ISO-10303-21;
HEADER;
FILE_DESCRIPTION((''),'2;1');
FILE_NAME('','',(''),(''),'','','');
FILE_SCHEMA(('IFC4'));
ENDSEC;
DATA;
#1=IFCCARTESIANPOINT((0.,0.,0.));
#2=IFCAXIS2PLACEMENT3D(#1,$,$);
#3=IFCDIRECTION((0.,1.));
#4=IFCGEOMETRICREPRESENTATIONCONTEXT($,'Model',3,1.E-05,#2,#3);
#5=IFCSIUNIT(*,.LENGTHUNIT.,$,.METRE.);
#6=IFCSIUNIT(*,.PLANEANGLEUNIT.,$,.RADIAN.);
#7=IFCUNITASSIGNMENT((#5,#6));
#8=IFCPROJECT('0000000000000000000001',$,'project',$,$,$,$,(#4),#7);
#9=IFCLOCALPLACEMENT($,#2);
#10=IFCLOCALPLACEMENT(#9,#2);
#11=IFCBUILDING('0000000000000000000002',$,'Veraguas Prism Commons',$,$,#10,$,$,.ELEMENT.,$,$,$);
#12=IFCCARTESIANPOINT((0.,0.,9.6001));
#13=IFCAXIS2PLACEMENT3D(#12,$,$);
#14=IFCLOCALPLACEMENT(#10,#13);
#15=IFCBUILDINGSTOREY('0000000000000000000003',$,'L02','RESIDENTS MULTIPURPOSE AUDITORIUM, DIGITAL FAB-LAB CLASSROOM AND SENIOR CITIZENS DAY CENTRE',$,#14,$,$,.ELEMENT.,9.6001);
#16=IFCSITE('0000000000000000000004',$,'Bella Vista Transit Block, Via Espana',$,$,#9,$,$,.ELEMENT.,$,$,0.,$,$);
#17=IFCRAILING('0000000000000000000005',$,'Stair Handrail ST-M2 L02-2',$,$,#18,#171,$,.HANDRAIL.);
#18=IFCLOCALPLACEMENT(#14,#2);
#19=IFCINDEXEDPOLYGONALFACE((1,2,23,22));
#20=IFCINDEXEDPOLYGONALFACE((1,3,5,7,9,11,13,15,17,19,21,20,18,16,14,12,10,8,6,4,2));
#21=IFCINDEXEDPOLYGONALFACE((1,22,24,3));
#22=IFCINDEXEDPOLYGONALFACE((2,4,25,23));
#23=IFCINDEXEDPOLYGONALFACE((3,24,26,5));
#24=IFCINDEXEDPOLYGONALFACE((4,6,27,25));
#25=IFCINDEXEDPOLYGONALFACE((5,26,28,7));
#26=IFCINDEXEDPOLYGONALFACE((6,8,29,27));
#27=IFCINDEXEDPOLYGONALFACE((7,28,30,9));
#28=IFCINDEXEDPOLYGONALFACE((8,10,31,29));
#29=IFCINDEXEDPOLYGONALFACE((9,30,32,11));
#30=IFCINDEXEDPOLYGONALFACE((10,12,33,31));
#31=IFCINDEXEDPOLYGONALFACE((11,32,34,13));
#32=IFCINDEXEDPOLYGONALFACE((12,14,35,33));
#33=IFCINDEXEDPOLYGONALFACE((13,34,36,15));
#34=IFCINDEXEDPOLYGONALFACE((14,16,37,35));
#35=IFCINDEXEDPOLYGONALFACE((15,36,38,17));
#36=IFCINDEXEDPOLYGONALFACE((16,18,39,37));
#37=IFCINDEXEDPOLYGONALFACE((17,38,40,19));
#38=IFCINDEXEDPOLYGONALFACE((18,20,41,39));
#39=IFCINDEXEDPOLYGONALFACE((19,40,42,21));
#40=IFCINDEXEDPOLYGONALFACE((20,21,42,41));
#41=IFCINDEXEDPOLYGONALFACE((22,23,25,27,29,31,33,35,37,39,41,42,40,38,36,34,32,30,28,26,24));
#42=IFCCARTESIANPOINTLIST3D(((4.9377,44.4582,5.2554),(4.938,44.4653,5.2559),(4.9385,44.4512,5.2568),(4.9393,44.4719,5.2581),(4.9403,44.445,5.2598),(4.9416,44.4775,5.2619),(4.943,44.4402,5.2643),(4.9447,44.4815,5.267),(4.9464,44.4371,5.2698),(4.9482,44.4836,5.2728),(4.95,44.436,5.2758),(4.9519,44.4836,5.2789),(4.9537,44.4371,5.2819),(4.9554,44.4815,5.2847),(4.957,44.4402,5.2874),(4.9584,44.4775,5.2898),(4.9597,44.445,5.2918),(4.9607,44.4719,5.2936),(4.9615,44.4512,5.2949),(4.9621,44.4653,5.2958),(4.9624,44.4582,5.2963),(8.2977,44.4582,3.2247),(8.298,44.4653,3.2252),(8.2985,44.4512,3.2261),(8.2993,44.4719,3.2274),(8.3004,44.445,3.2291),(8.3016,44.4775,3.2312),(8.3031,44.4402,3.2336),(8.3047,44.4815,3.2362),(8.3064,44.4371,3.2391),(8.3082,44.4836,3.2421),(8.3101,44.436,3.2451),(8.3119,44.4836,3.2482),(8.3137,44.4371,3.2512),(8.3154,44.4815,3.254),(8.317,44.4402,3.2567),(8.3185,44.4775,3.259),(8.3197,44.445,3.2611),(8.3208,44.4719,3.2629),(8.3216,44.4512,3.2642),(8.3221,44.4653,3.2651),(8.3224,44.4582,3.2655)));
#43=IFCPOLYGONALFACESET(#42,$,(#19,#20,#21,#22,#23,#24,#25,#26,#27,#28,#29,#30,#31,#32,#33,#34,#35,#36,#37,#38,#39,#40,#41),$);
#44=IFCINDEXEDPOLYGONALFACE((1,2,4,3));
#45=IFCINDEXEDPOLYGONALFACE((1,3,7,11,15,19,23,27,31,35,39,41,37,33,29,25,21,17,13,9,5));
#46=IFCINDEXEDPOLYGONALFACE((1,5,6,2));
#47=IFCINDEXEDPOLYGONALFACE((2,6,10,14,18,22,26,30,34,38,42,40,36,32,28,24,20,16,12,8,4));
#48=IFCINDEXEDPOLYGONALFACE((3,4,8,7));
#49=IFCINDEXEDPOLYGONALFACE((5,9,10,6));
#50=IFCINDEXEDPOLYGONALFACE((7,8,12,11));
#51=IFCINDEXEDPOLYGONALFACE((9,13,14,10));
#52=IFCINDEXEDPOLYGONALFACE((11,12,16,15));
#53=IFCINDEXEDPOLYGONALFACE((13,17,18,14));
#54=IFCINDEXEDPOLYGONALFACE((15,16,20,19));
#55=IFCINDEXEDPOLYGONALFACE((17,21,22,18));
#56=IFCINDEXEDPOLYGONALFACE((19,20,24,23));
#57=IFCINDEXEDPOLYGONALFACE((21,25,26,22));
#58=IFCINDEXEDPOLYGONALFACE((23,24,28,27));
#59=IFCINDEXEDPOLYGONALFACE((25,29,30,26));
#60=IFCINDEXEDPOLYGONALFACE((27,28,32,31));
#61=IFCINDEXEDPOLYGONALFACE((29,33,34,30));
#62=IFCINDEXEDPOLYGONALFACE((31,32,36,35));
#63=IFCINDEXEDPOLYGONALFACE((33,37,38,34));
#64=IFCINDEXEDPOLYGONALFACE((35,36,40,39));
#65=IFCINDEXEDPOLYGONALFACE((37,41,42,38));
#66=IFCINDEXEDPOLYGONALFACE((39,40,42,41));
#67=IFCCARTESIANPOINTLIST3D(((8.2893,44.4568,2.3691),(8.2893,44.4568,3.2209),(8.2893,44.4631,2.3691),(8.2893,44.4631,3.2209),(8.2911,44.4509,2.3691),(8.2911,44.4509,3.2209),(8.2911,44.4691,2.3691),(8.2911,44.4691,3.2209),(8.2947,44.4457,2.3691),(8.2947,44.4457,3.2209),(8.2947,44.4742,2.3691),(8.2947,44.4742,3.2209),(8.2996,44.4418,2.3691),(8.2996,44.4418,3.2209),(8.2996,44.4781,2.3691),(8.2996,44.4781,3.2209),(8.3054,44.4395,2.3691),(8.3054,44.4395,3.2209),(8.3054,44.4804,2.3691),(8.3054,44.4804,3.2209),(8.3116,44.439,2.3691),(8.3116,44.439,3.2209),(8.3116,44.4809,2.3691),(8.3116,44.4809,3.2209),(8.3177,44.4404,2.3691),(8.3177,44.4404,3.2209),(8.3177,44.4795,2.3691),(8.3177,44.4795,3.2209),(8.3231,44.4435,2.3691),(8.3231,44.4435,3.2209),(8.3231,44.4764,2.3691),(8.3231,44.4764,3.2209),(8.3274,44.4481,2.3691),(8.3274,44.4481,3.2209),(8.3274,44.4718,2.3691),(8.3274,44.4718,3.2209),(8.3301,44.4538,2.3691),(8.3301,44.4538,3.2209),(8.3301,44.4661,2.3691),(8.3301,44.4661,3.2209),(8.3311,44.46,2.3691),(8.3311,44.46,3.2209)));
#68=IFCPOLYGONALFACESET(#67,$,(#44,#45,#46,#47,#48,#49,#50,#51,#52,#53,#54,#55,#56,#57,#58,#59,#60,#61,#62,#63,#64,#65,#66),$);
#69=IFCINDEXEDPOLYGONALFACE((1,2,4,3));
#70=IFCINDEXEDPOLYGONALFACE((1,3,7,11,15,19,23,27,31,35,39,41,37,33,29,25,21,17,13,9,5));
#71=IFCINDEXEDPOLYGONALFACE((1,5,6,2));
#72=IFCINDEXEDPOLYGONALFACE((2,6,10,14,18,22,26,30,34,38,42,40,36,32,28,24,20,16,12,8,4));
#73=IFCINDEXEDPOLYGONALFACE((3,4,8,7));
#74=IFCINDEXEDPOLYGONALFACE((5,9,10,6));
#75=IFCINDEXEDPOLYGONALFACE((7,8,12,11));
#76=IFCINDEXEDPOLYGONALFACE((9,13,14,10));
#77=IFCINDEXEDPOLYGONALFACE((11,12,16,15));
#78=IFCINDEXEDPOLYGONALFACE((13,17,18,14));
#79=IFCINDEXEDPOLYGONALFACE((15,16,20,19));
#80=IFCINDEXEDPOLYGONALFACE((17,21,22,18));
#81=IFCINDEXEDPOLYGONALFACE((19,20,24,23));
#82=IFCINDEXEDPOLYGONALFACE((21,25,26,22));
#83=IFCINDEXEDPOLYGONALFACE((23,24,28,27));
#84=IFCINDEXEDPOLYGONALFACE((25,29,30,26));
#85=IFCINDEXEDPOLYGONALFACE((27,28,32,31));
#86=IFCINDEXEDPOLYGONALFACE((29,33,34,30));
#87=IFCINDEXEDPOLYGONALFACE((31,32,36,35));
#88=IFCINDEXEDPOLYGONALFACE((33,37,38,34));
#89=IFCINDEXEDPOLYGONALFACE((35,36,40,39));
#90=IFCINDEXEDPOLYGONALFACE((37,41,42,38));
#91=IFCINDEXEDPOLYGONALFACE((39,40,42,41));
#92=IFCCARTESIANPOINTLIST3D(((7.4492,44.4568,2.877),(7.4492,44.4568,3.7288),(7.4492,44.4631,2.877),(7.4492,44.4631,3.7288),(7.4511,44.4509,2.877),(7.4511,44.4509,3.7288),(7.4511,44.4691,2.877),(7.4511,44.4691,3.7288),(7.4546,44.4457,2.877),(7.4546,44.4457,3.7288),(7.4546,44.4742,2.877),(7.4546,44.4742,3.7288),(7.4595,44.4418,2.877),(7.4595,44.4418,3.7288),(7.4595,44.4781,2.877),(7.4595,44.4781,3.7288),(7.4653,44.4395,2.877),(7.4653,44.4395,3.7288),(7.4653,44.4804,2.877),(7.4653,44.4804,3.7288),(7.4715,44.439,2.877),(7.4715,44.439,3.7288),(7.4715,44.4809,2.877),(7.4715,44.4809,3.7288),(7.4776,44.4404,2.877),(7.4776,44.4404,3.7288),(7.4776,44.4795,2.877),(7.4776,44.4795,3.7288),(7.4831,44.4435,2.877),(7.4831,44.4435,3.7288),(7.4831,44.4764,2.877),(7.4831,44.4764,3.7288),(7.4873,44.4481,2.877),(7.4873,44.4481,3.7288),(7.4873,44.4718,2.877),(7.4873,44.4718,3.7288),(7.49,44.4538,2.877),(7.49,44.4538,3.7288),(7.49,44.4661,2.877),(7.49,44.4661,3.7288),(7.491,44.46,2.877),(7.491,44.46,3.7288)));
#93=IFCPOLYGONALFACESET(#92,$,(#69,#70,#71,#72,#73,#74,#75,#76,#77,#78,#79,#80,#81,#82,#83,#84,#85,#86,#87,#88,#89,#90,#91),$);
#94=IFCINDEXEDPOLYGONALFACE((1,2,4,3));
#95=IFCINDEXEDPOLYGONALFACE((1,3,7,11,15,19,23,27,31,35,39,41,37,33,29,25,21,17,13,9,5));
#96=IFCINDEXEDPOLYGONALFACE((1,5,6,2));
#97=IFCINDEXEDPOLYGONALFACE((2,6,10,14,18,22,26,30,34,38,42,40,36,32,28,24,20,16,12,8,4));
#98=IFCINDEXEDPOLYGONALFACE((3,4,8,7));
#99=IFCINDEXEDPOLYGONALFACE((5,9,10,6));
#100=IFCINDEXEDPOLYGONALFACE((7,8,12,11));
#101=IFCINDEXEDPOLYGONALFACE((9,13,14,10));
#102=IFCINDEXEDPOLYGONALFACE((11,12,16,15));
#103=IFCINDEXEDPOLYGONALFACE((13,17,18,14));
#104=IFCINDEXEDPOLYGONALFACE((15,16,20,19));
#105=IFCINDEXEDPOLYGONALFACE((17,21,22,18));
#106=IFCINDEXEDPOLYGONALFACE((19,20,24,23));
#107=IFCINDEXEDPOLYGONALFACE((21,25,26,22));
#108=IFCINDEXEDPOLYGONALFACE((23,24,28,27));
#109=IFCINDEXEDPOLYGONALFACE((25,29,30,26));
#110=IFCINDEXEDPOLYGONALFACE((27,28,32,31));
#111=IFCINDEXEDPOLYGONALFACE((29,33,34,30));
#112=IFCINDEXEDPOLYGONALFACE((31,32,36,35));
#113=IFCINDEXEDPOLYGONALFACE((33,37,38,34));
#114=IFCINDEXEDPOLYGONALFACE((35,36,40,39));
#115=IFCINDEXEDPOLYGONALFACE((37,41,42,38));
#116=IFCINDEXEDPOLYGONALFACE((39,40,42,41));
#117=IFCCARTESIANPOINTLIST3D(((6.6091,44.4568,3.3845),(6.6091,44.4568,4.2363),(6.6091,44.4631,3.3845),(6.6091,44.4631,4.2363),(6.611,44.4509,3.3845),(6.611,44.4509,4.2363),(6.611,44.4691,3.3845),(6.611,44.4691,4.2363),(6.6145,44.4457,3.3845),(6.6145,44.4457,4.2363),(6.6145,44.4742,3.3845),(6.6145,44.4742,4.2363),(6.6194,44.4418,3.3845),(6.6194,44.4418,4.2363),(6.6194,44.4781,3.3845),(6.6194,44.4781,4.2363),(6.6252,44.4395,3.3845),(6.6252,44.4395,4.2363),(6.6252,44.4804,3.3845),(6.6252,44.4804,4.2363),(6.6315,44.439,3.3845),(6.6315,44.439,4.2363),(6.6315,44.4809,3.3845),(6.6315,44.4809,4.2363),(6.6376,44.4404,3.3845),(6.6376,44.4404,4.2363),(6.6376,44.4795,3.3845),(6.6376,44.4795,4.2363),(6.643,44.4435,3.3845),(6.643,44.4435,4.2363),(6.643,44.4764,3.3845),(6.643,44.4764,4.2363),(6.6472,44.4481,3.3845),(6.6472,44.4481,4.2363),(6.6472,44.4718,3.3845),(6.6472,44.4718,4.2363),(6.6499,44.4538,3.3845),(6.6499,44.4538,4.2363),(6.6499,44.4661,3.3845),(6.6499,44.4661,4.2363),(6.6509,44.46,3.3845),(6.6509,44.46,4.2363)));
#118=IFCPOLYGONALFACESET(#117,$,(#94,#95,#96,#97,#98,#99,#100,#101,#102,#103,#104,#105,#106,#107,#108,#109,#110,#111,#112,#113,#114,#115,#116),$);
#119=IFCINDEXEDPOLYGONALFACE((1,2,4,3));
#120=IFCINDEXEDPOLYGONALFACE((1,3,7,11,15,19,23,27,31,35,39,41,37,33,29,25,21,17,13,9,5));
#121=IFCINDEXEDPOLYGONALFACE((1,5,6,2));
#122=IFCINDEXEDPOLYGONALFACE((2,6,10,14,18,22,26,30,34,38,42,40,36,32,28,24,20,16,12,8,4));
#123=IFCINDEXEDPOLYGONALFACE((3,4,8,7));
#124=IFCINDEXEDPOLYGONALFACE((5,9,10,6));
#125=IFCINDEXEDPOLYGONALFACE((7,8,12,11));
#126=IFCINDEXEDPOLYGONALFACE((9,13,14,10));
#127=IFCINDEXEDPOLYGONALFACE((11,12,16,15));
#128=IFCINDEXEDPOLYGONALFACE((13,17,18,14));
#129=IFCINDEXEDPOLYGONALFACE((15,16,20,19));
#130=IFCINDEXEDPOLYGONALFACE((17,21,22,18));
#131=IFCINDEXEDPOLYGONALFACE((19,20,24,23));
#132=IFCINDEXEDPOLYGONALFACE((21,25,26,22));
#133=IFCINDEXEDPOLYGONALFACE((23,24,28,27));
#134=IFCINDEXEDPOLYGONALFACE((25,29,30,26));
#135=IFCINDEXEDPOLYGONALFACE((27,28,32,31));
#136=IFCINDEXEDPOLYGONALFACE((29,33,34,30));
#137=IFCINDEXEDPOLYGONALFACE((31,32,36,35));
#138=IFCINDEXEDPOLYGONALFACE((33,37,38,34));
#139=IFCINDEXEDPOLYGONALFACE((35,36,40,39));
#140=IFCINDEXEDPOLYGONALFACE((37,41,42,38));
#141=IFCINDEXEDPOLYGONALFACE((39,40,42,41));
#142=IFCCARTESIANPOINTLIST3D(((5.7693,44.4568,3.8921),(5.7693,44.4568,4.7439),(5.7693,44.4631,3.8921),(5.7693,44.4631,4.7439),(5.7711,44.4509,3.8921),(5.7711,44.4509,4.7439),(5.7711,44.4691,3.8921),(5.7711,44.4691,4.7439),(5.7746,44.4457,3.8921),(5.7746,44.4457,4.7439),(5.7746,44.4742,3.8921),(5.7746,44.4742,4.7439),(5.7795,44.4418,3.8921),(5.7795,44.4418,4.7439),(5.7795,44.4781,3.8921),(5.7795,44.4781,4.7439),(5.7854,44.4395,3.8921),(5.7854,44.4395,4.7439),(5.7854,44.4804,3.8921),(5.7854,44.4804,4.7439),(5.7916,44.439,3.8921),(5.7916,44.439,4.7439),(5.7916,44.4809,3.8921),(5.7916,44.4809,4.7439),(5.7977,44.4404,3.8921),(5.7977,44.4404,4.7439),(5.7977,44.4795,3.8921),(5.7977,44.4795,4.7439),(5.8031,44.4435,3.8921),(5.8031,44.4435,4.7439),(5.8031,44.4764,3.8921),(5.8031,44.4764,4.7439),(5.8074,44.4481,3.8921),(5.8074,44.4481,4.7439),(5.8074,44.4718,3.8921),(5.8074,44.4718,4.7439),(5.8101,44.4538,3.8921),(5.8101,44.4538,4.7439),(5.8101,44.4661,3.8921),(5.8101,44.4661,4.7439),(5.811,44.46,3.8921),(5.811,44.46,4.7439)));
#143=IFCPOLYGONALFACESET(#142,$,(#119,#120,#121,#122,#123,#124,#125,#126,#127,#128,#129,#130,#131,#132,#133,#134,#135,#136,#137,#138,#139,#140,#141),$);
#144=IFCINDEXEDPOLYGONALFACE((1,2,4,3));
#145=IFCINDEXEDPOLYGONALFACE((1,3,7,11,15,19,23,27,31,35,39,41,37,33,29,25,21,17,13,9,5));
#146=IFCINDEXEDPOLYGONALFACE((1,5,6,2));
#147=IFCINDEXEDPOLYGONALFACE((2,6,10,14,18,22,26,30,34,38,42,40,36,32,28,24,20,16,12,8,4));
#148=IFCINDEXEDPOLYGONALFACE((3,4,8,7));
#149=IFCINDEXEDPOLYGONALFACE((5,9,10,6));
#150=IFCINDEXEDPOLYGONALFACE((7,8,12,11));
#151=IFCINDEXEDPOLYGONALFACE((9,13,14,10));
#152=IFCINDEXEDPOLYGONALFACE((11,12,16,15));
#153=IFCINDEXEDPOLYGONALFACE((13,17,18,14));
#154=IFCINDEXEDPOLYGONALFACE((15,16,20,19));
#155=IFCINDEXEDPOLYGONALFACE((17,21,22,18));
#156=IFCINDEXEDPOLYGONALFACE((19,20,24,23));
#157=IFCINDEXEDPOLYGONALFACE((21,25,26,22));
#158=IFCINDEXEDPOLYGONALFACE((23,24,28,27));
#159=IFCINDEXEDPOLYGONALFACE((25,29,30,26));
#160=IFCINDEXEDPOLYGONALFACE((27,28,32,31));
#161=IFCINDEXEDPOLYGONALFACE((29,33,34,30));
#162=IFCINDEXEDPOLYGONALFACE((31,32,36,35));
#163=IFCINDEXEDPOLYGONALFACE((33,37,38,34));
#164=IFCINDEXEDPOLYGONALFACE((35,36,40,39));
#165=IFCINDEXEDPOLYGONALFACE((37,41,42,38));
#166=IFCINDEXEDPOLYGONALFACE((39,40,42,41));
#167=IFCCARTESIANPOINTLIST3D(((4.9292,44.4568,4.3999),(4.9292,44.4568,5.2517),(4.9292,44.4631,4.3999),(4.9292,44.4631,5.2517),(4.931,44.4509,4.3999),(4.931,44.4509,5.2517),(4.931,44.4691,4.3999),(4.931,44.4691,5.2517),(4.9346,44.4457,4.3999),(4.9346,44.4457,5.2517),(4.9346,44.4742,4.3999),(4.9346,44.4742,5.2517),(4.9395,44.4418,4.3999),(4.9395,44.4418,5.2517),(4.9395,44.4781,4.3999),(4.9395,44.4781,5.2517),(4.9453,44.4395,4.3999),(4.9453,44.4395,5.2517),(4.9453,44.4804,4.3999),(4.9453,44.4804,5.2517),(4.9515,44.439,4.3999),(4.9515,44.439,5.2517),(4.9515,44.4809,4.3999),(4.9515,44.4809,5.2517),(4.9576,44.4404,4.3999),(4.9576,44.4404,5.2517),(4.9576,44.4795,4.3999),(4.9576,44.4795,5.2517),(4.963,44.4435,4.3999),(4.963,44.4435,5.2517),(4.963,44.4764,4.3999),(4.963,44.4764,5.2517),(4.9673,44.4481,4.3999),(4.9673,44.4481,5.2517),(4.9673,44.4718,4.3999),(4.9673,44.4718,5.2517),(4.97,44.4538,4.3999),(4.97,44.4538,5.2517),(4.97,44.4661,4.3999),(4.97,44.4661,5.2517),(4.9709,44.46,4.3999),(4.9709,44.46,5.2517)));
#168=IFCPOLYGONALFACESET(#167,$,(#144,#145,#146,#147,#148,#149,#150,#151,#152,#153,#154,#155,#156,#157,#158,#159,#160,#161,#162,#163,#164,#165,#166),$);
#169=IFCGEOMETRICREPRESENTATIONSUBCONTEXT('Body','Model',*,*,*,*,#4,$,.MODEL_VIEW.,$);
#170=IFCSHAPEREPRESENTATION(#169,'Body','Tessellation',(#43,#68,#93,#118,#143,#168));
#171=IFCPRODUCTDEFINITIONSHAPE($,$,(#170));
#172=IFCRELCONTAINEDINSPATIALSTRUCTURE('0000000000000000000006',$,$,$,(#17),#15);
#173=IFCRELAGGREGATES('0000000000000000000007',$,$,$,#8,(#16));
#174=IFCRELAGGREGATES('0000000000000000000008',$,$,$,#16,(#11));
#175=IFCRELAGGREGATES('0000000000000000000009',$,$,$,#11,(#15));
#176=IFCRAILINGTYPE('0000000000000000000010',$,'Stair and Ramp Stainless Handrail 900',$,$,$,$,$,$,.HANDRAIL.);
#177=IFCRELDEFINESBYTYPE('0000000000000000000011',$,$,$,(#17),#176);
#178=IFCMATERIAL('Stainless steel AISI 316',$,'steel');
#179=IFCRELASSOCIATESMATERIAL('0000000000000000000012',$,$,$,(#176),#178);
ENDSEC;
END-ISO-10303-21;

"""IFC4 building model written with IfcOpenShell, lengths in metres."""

from ifc_helpers import new_model, si_unit, direction, frame, origin, origin_2d, place, context, subcontext, project, spatial, circle, extrude, material, type_object, element, save


model = new_model("IFC4")

# Units and contexts
model_context = context("Model", 3, precision=1e-05, world=origin(), true_north=direction((0.0, 1.0)))
body_context = subcontext(model_context, "Body", "Model", "MODEL_VIEW")
ifc_project = project(units=[si_unit("LENGTHUNIT", "METRE"), si_unit("PLANEANGLEUNIT", "RADIAN")], contexts=[model_context])

# Site, building, storey
site_placement = place(None, origin())
site = spatial("IfcSite", under=ifc_project, at=site_placement, Name="Bella Vista Transit Block, Via Espana", CompositionType="ELEMENT", RefElevation=0.0)
building_placement = place(site_placement, origin())
building = spatial("IfcBuilding", under=site, at=building_placement, Name="Veraguas Prism Commons", CompositionType="ELEMENT")
storey_placement = place(building_placement, frame((0.0, 0.0, 9.6001)))
storey = spatial("IfcBuildingStorey", under=building, at=storey_placement, Name="L02", Description="RESIDENTS MULTIPURPOSE AUDITORIUM, DIGITAL FAB-LAB CLASSROOM AND SENIOR CITIZENS DAY CENTRE", CompositionType="ELEMENT", Elevation=9.6001)

# Railing
ifc_material_1 = material(Name="Stainless steel AISI 316", Category="steel")
railing_type_1 = type_object("IfcRailingType", Name="Stair and Ramp Stainless Handrail 900", PredefinedType="HANDRAIL", material=ifc_material_1)
railing_1_placement = place(storey_placement, frame((8.3101, 44.46, 2.3691)))
element("IfcRailing", 1, at=railing_1_placement, inside=storey, type_object=railing_type_1, Name="Stair Handrail ST-M2 L02-2", PredefinedType="HANDRAIL", context=body_context, shape_type="SweptSolid", body=[
    extrude(circle(Radius=0.0239, at=origin_2d()), frame((0.0, 0.0, 0.876), z_axis=(-0.855837, 0.0, 0.517246), x_axis=(0.0, -1.0, 0.0)), (0.0, 0.0, 1.0), 3.926),
    extrude(circle(Radius=0.021, at=origin_2d()), origin(), (0.0, 0.0, 1.0), 0.8518),
    extrude(circle(Radius=0.021, at=origin_2d()), frame((-0.8401, 0.0, 0.5078)), (0.0, 0.0, 1.0), 0.8518),
    extrude(circle(Radius=0.021, at=origin_2d()), frame((-1.6802, 0.0, 1.0154)), (0.0, 0.0, 1.0), 0.8518),
    extrude(circle(Radius=0.021, at=origin_2d()), frame((-2.52, 0.0, 1.5229)), (0.0, 0.0, 1.0), 0.8518),
    extrude(circle(Radius=0.021, at=origin_2d()), frame((-3.3601, 0.0, 2.0308)), (0.0, 0.0, 1.0), 0.8518),
])

save(model, "model.ifc")
